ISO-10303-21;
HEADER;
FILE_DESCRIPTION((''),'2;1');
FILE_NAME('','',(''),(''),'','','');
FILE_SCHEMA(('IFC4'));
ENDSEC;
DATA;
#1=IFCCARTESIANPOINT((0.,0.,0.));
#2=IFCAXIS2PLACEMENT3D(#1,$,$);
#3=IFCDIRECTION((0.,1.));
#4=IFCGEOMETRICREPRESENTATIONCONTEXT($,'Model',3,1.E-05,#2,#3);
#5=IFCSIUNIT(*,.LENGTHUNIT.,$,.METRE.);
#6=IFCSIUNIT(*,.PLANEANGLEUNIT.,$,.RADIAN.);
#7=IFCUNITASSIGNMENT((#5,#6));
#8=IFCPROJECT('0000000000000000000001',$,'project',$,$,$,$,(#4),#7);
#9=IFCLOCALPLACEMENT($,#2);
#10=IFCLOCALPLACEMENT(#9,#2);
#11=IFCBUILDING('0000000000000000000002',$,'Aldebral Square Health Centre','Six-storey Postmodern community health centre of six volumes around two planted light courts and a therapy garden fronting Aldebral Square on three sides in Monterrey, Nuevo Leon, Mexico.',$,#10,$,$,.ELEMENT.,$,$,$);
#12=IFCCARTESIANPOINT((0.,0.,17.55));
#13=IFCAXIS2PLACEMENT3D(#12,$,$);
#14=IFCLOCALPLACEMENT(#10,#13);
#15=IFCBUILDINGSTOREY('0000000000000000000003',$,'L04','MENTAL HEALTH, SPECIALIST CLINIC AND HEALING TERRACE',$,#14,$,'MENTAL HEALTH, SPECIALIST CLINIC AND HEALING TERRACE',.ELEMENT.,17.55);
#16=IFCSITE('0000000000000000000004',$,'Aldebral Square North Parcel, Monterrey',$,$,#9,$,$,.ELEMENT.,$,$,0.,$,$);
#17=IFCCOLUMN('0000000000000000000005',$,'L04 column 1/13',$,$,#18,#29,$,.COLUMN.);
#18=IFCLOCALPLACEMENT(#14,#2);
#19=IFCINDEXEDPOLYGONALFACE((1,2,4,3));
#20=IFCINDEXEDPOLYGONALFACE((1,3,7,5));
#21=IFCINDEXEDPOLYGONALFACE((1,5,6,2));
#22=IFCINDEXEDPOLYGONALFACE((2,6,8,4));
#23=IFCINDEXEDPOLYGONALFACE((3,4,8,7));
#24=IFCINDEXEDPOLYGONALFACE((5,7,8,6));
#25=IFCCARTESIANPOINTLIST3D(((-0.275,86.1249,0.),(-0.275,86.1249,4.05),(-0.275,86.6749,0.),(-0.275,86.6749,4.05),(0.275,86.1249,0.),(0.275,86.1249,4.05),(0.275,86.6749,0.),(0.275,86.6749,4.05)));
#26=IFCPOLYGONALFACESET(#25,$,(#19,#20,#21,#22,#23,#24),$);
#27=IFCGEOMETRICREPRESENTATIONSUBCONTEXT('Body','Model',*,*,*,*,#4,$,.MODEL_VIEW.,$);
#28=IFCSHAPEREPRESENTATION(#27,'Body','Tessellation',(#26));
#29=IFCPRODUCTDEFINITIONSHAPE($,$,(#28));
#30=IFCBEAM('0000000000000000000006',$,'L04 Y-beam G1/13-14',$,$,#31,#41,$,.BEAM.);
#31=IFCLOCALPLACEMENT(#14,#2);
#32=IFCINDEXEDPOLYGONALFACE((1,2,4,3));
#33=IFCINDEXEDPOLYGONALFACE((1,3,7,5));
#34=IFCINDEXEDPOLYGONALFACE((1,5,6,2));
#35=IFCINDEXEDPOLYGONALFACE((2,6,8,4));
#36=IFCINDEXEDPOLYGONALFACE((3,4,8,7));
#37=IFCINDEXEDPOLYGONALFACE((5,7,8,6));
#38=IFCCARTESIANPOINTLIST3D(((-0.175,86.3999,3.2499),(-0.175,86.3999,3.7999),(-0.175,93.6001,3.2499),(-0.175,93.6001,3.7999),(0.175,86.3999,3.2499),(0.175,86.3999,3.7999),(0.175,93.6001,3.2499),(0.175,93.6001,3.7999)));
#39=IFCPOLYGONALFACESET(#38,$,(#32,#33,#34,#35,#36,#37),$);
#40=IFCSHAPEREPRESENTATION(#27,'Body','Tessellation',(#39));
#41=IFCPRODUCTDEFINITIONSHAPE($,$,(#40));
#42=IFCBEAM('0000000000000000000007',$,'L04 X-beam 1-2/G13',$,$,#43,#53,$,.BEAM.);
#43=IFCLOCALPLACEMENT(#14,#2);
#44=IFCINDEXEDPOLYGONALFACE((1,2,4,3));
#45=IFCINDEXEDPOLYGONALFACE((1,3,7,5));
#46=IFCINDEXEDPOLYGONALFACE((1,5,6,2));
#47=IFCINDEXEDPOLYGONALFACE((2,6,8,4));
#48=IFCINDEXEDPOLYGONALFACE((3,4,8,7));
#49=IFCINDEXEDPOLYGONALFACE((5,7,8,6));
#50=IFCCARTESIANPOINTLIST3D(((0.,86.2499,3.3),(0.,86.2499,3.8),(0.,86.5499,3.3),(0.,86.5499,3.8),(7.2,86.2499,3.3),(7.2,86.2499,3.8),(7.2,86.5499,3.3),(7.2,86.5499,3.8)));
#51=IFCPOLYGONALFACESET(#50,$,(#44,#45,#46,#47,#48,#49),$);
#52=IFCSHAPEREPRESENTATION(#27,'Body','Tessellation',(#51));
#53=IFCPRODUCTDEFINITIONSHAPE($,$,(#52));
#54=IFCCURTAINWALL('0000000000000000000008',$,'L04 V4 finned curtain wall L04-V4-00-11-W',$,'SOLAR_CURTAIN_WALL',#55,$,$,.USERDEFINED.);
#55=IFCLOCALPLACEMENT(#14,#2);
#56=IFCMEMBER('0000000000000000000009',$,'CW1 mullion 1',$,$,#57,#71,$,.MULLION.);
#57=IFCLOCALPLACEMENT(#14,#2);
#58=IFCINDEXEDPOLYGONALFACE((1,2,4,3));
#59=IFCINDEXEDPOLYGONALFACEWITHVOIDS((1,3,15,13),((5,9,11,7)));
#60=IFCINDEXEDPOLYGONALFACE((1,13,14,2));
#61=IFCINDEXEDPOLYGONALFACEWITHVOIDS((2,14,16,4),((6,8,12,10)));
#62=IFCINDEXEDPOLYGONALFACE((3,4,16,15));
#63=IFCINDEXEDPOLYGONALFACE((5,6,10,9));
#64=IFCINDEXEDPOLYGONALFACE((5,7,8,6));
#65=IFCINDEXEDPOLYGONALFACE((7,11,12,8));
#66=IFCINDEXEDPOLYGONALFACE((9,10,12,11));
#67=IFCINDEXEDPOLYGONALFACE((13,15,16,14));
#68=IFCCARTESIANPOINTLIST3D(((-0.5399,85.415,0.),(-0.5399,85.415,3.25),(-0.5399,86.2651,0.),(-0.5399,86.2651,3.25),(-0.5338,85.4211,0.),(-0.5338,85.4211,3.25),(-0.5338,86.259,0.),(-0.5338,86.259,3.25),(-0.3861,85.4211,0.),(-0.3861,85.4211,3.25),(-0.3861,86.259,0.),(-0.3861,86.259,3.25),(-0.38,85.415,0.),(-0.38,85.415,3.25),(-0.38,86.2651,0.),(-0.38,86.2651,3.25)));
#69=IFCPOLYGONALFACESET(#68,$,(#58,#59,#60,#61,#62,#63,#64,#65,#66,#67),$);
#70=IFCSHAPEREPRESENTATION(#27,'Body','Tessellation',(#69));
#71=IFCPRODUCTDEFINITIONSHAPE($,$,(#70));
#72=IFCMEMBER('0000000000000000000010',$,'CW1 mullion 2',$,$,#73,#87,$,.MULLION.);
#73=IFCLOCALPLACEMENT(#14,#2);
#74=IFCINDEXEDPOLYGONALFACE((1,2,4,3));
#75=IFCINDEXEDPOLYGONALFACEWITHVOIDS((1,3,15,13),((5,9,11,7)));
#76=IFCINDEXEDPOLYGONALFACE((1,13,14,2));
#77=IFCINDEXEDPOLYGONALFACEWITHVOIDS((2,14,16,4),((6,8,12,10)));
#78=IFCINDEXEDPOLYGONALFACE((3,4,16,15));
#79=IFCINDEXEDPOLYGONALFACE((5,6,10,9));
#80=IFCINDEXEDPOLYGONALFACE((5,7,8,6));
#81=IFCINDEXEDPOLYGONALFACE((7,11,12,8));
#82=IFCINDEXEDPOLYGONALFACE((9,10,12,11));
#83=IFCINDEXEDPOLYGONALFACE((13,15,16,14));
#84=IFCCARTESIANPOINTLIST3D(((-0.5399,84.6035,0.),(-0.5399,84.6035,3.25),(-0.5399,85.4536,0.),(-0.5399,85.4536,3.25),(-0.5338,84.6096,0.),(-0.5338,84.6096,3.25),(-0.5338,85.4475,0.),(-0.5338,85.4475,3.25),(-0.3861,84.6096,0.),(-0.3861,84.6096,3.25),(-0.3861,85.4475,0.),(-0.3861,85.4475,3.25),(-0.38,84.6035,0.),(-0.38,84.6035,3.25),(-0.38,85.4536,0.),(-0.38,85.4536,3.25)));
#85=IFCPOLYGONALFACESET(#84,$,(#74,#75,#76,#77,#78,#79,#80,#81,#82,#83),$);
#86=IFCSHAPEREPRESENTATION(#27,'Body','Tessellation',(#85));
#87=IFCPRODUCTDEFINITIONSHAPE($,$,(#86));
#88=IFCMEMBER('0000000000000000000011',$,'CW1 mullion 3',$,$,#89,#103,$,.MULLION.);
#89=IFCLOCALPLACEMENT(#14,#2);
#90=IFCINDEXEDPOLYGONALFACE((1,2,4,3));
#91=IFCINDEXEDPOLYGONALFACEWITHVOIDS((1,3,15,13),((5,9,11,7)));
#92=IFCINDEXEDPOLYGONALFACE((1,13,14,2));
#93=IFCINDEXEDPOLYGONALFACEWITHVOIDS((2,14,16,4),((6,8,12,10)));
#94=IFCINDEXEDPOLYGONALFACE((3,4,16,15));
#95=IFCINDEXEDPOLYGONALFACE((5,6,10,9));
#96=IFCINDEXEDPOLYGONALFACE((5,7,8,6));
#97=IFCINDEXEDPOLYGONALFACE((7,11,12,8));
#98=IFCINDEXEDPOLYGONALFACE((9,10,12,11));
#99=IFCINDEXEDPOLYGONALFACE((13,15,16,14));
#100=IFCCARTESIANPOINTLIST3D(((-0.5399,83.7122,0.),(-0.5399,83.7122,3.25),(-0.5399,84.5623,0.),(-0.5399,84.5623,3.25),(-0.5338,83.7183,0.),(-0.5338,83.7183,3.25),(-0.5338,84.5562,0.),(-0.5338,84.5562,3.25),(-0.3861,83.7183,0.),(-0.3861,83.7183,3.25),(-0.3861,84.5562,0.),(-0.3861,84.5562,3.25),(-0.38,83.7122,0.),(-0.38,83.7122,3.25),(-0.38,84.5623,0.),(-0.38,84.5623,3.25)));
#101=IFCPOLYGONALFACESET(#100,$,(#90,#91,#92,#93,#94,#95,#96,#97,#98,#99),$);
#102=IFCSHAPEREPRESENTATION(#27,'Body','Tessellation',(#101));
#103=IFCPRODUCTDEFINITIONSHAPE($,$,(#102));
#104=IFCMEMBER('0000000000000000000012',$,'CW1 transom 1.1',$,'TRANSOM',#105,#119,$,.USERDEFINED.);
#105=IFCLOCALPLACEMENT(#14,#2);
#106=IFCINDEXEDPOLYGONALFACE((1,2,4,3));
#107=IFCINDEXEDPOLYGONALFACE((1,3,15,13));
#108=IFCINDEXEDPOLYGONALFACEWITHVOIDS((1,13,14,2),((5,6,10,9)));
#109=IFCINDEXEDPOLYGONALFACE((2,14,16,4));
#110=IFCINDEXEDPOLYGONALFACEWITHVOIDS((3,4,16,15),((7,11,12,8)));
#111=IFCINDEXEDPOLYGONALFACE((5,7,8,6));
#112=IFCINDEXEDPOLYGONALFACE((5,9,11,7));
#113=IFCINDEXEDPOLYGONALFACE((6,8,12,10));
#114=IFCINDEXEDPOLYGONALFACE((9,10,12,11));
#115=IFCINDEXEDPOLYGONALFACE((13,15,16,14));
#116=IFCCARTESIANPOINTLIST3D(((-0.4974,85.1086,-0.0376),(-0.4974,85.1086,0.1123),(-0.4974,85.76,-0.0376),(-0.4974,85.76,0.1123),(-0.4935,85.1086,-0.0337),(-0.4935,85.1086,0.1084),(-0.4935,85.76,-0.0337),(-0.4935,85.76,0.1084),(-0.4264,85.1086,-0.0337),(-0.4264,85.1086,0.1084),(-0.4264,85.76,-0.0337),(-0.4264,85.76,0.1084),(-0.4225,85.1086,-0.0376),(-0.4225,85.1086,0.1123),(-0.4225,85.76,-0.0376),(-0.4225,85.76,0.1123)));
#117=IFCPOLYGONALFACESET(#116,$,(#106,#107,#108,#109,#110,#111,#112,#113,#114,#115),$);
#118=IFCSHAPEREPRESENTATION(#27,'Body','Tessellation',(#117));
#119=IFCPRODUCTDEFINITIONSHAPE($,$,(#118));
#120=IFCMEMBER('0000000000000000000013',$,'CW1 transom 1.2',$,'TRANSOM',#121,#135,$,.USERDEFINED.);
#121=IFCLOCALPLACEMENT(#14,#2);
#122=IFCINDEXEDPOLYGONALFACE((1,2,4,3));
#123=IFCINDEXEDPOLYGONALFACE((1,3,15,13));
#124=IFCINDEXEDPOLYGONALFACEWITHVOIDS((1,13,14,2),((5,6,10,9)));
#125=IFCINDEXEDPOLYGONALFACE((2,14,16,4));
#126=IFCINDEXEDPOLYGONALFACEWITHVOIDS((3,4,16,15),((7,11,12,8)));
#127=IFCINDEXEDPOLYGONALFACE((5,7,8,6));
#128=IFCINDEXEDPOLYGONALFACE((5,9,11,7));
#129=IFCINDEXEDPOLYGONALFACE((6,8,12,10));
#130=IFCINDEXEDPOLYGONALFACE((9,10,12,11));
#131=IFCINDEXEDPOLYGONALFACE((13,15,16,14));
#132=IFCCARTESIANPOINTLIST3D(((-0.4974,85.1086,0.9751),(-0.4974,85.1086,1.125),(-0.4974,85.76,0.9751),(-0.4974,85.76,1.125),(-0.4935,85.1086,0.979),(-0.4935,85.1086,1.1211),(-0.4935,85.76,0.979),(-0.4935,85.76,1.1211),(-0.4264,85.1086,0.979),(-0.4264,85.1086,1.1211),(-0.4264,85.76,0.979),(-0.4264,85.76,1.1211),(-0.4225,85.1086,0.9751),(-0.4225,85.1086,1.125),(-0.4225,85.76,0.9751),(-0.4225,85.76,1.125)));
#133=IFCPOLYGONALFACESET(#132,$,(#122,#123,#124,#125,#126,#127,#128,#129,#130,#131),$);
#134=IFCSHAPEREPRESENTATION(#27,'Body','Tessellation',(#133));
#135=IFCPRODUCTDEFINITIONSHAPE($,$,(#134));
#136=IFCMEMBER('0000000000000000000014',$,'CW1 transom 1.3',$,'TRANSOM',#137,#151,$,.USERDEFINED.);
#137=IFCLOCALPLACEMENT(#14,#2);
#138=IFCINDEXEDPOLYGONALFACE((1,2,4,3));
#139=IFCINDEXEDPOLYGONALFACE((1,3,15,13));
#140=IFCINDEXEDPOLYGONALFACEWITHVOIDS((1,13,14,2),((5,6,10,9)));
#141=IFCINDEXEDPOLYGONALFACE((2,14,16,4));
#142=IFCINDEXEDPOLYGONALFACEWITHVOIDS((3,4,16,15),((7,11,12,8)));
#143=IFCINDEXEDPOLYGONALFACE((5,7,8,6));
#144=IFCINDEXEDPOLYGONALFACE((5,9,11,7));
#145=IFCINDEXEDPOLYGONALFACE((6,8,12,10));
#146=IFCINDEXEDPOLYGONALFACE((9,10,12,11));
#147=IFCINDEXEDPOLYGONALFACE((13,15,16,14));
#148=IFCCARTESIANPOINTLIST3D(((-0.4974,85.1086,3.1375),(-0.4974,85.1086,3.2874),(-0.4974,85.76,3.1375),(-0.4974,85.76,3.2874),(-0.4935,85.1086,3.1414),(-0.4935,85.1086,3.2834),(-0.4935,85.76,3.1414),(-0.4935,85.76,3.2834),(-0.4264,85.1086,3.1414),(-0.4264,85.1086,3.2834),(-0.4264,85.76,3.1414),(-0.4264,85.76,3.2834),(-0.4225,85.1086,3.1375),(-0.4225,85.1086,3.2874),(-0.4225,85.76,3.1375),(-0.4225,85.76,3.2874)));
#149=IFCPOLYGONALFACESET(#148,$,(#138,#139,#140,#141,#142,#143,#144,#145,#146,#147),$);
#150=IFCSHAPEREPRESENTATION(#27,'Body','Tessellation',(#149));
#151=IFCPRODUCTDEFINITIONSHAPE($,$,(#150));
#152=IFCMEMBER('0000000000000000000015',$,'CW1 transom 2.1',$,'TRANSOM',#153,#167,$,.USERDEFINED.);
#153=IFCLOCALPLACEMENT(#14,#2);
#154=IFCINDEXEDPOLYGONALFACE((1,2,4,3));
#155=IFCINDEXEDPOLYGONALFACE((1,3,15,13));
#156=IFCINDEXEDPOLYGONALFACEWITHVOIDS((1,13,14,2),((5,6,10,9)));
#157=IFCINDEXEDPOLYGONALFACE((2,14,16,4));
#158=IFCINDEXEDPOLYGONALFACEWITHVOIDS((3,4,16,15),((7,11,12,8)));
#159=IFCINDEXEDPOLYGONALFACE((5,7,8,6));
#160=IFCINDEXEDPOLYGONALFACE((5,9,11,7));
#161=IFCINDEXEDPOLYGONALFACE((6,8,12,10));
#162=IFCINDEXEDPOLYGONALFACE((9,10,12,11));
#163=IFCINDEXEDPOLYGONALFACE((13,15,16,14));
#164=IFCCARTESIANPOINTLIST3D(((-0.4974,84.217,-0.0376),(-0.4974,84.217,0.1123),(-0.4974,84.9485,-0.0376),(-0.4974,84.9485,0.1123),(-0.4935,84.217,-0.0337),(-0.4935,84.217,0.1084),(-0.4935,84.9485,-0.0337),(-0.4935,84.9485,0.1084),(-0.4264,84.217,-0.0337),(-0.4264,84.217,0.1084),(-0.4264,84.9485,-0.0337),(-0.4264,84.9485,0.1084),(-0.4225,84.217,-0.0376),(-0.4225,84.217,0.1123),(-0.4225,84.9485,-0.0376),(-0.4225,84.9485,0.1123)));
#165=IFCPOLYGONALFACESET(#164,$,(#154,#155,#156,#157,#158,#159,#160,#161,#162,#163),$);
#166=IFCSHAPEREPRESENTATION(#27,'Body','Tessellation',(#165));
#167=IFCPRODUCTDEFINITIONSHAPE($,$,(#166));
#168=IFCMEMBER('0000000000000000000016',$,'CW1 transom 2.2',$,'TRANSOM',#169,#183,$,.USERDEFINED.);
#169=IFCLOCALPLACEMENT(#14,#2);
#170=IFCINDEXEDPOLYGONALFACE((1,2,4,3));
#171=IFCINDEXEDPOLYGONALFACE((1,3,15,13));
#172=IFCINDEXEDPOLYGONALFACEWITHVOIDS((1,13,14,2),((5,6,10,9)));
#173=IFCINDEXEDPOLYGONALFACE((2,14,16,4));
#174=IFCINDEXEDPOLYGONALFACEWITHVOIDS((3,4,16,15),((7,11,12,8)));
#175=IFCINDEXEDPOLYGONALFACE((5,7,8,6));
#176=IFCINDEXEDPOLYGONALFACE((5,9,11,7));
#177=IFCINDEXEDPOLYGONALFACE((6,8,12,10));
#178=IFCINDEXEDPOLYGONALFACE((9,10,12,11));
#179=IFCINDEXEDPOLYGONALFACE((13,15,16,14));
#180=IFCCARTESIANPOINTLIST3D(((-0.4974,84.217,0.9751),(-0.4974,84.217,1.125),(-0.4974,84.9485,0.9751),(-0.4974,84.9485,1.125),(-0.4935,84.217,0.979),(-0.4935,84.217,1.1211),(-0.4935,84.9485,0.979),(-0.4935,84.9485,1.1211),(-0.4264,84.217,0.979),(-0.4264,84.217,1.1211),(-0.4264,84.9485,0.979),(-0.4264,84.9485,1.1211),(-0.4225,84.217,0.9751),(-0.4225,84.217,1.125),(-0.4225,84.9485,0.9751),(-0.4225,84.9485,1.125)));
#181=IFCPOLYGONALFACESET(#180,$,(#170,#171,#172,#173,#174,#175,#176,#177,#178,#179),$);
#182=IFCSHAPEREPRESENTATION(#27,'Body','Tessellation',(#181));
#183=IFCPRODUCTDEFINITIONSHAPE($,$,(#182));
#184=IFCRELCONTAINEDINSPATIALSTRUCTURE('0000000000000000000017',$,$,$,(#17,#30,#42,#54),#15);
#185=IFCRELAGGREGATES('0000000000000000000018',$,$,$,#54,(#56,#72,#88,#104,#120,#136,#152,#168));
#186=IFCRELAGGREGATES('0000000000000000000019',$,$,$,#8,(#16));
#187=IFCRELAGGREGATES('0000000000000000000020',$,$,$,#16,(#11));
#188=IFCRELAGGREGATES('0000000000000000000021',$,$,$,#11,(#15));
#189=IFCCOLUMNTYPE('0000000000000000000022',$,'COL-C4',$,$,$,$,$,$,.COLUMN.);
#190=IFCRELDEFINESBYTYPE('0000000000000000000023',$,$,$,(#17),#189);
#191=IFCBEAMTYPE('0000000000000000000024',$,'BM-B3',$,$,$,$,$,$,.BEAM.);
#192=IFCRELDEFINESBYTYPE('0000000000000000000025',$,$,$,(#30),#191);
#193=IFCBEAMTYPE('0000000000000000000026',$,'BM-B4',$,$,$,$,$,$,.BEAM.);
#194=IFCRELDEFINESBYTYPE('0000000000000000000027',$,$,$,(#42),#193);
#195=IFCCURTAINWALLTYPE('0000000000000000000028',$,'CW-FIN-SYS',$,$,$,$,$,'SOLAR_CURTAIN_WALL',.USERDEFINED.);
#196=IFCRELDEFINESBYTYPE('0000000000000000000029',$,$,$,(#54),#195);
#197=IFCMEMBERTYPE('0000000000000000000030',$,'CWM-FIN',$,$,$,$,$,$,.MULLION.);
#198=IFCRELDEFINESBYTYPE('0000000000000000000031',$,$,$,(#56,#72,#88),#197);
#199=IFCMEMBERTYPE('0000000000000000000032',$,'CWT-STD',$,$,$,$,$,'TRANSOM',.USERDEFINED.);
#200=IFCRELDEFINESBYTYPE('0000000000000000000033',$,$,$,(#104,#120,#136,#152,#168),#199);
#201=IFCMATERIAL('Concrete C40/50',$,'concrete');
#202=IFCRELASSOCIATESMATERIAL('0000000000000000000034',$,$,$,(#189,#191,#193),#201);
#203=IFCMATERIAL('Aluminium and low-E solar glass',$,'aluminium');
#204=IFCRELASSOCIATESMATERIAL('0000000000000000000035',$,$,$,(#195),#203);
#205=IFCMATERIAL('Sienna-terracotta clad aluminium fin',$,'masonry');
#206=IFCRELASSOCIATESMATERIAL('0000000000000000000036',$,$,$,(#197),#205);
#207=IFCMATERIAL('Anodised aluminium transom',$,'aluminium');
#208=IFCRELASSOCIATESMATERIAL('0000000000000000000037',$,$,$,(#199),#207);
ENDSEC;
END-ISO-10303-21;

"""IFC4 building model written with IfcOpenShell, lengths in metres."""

from ifc_helpers import new_model, si_unit, direction, frame, origin, origin_2d, place, context, subcontext, project, spatial, rectangle, hollow_rectangle, extrude, material, material_profile, profile_set, type_object, element, aggregate, save


model = new_model("IFC4")

# Units and contexts
model_context = context("Model", 3, precision=1e-05, world=origin(), true_north=direction((0.0, 1.0)))
body_context = subcontext(model_context, "Body", "Model", "MODEL_VIEW")
ifc_project = project(units=[si_unit("LENGTHUNIT", "METRE"), si_unit("PLANEANGLEUNIT", "RADIAN")], contexts=[model_context])

# Site, building, storey
site_placement = place(None, origin())
site = spatial("IfcSite", under=ifc_project, at=site_placement, Name="Aldebral Square North Parcel, Monterrey", CompositionType="ELEMENT", RefElevation=0.0)
building_placement = place(site_placement, origin())
building = spatial("IfcBuilding", under=site, at=building_placement, Name="Aldebral Square Health Centre", Description="Six-storey Postmodern community health centre of six volumes around two planted light courts and a therapy garden fronting Aldebral Square on three sides in Monterrey, Nuevo Leon, Mexico.", CompositionType="ELEMENT")
storey_placement = place(building_placement, frame((0.0, 0.0, 17.55)))
storey = spatial("IfcBuildingStorey", under=building, at=storey_placement, Name="L04", Description="MENTAL HEALTH, SPECIALIST CLINIC AND HEALING TERRACE", LongName="MENTAL HEALTH, SPECIALIST CLINIC AND HEALING TERRACE", CompositionType="ELEMENT", Elevation=17.55)

# Column
ifc_material_1 = material(Name="Concrete C40/50", Category="concrete")
ifc_material_profile_1 = material_profile(ifc_material_1, rectangle(XDim=0.55, YDim=0.55, at=origin_2d()), Name="RC 550x550")
ifc_profile_set_1 = profile_set([ifc_material_profile_1], Name="Concrete C40/50")
column_type = type_object("IfcColumnType", Name="COL-C4", PredefinedType="COLUMN", material=ifc_profile_set_1)
column_placement = place(storey_placement, frame((0.0, 86.3999, 0.0), z_axis=(0.0, 0.0, 1.0), x_axis=(1.0, 0.0, 0.0)))
element("IfcColumn", 1, at=column_placement, inside=storey, type_object=column_type, Name="L04 column 1/13", PredefinedType="COLUMN", context=body_context, shape_type="SweptSolid", body=[
    extrude(rectangle(XDim=0.55, YDim=0.55, at=origin_2d()), origin(), (0.0, 0.0, 1.0), 4.05),
])

# Beams
ifc_material_profile_2 = material_profile(ifc_material_1, rectangle(XDim=0.3501, YDim=0.55, at=origin_2d()), Name="RC 350x550")
ifc_profile_set_2 = profile_set([ifc_material_profile_2], Name="Concrete C40/50")
beam_type_1 = type_object("IfcBeamType", Name="BM-B3", PredefinedType="BEAM", material=ifc_profile_set_2)
beam_1_placement = place(storey_placement, frame((0.0, 86.3999, 3.5249), z_axis=(0.0, 1.0, 0.0), x_axis=(-1.0, 0.0, 0.0)))
element("IfcBeam", 2, at=beam_1_placement, inside=storey, type_object=beam_type_1, Name="L04 Y-beam G1/13-14", PredefinedType="BEAM", context=body_context, shape_type="SweptSolid", body=[
    extrude(rectangle(XDim=0.3501, YDim=0.55, at=origin_2d()), origin(), (0.0, 0.0, 1.0), 7.2002),
])
ifc_material_profile_3 = material_profile(ifc_material_1, rectangle(XDim=0.3, YDim=0.5, at=origin_2d()), Name="RC 300x500")
ifc_profile_set_3 = profile_set([ifc_material_profile_3], Name="Concrete C40/50")
beam_type_2 = type_object("IfcBeamType", Name="BM-B4", PredefinedType="BEAM", material=ifc_profile_set_3)
beam_2_placement = place(storey_placement, frame((0.0, 86.3999, 3.55), z_axis=(1.0, 0.0, 0.0), x_axis=(0.0, 1.0, 0.0)))
element("IfcBeam", 3, at=beam_2_placement, inside=storey, type_object=beam_type_2, Name="L04 X-beam 1-2/G13", PredefinedType="BEAM", context=body_context, shape_type="SweptSolid", body=[
    extrude(rectangle(XDim=0.3, YDim=0.5, at=origin_2d()), origin(), (0.0, 0.0, 1.0), 7.2),
])

# Curtain wall, members
ifc_material_2 = material(Name="Aluminium and low-E solar glass", Category="aluminium")
curtain_wall_type = type_object("IfcCurtainWallType", Name="CW-FIN-SYS", ElementType="SOLAR_CURTAIN_WALL", PredefinedType="USERDEFINED", material=ifc_material_2)
curtain_wall_placement = place(storey_placement, origin())
curtain_wall = element("IfcCurtainWall", 4, at=curtain_wall_placement, inside=storey, type_object=curtain_wall_type, Name="L04 V4 finned curtain wall L04-V4-00-11-W", ObjectType="SOLAR_CURTAIN_WALL", PredefinedType="USERDEFINED")
ifc_material_3 = material(Name="Sienna-terracotta clad aluminium fin", Category="masonry")
ifc_material_profile_4 = material_profile(ifc_material_3, hollow_rectangle(XDim=0.1599, YDim=0.8501, WallThickness=0.0061, at=origin_2d()), Name="FIN 160x850x6")
ifc_profile_set_4 = profile_set([ifc_material_profile_4], Name="Sienna-terracotta clad aluminium fin")
member_type_1 = type_object("IfcMemberType", Name="CWM-FIN", PredefinedType="MULLION", material=ifc_profile_set_4)
member_1_placement = place(storey_placement, frame((-0.46, 85.8401, 0.0), z_axis=(0.0, 0.0, 1.0), x_axis=(1.0, 0.0, 0.0)))
member_1 = element("IfcMember", 5, at=member_1_placement, type_object=member_type_1, Name="CW1 mullion 1", PredefinedType="MULLION", context=body_context, shape_type="SweptSolid", body=[
    extrude(hollow_rectangle(XDim=0.1599, YDim=0.8501, WallThickness=0.0061, at=origin_2d()), origin(), (0.0, 0.0, 1.0), 3.25),
])
member_2_placement = place(storey_placement, frame((-0.46, 85.0286, 0.0), z_axis=(0.0, 0.0, 1.0), x_axis=(1.0, 0.0, 0.0)))
member_2 = element("IfcMember", 6, at=member_2_placement, type_object=member_type_1, Name="CW1 mullion 2", PredefinedType="MULLION", context=body_context, shape_type="SweptSolid", body=[
    extrude(hollow_rectangle(XDim=0.1599, YDim=0.8501, WallThickness=0.0061, at=origin_2d()), origin(), (0.0, 0.0, 1.0), 3.25),
])
member_3_placement = place(storey_placement, frame((-0.46, 84.1372, 0.0), z_axis=(0.0, 0.0, 1.0), x_axis=(1.0, 0.0, 0.0)))
member_3 = element("IfcMember", 7, at=member_3_placement, type_object=member_type_1, Name="CW1 mullion 3", PredefinedType="MULLION", context=body_context, shape_type="SweptSolid", body=[
    extrude(hollow_rectangle(XDim=0.1599, YDim=0.8501, WallThickness=0.0061, at=origin_2d()), origin(), (0.0, 0.0, 1.0), 3.25),
])
ifc_material_4 = material(Name="Anodised aluminium transom", Category="aluminium")
ifc_material_profile_5 = material_profile(ifc_material_4, hollow_rectangle(XDim=0.075, YDim=0.1499, WallThickness=0.0039, at=origin_2d()), Name="CWT 75x150x4")
ifc_profile_set_5 = profile_set([ifc_material_profile_5], Name="Anodised aluminium transom")
member_type_2 = type_object("IfcMemberType", Name="CWT-STD", ElementType="TRANSOM", PredefinedType="USERDEFINED", material=ifc_profile_set_5)
member_4_placement = place(storey_placement, frame((-0.46, 85.76, 0.0374), z_axis=(0.0, -1.0, 0.0), x_axis=(1.0, 0.0, 0.0)))
member_4 = element("IfcMember", 8, at=member_4_placement, type_object=member_type_2, Name="CW1 transom 1.1", ObjectType="TRANSOM", PredefinedType="USERDEFINED", context=body_context, shape_type="SweptSolid", body=[
    extrude(hollow_rectangle(XDim=0.075, YDim=0.1499, WallThickness=0.0039, at=origin_2d()), origin(), (0.0, 0.0, 1.0), 0.6514),
])
member_5_placement = place(storey_placement, frame((-0.46, 85.76, 1.05), z_axis=(0.0, -1.0, 0.0), x_axis=(1.0, 0.0, 0.0)))
member_5 = element("IfcMember", 9, at=member_5_placement, type_object=member_type_2, Name="CW1 transom 1.2", ObjectType="TRANSOM", PredefinedType="USERDEFINED", context=body_context, shape_type="SweptSolid", body=[
    extrude(hollow_rectangle(XDim=0.075, YDim=0.1499, WallThickness=0.0039, at=origin_2d()), origin(), (0.0, 0.0, 1.0), 0.6514),
])
member_6_placement = place(storey_placement, frame((-0.46, 85.76, 3.2124), z_axis=(0.0, -1.0, 0.0), x_axis=(1.0, 0.0, 0.0)))
member_6 = element("IfcMember", 10, at=member_6_placement, type_object=member_type_2, Name="CW1 transom 1.3", ObjectType="TRANSOM", PredefinedType="USERDEFINED", context=body_context, shape_type="SweptSolid", body=[
    extrude(hollow_rectangle(XDim=0.075, YDim=0.1499, WallThickness=0.0039, at=origin_2d()), origin(), (0.0, 0.0, 1.0), 0.6514),
])
member_7_placement = place(storey_placement, frame((-0.46, 84.9485, 0.0374), z_axis=(0.0, -1.0, 0.0), x_axis=(1.0, 0.0, 0.0)))
member_7 = element("IfcMember", 11, at=member_7_placement, type_object=member_type_2, Name="CW1 transom 2.1", ObjectType="TRANSOM", PredefinedType="USERDEFINED", context=body_context, shape_type="SweptSolid", body=[
    extrude(hollow_rectangle(XDim=0.075, YDim=0.1499, WallThickness=0.0039, at=origin_2d()), origin(), (0.0, 0.0, 1.0), 0.7314),
])
member_8_placement = place(storey_placement, frame((-0.46, 84.9485, 1.05), z_axis=(0.0, -1.0, 0.0), x_axis=(1.0, 0.0, 0.0)))
member_8 = element("IfcMember", 12, at=member_8_placement, type_object=member_type_2, Name="CW1 transom 2.2", ObjectType="TRANSOM", PredefinedType="USERDEFINED", context=body_context, shape_type="SweptSolid", body=[
    extrude(hollow_rectangle(XDim=0.075, YDim=0.1499, WallThickness=0.0039, at=origin_2d()), origin(), (0.0, 0.0, 1.0), 0.7314),
])
aggregate(curtain_wall, [member_1, member_2, member_3, member_4, member_5, member_6, member_7, member_8])

save(model, "model.ifc")
